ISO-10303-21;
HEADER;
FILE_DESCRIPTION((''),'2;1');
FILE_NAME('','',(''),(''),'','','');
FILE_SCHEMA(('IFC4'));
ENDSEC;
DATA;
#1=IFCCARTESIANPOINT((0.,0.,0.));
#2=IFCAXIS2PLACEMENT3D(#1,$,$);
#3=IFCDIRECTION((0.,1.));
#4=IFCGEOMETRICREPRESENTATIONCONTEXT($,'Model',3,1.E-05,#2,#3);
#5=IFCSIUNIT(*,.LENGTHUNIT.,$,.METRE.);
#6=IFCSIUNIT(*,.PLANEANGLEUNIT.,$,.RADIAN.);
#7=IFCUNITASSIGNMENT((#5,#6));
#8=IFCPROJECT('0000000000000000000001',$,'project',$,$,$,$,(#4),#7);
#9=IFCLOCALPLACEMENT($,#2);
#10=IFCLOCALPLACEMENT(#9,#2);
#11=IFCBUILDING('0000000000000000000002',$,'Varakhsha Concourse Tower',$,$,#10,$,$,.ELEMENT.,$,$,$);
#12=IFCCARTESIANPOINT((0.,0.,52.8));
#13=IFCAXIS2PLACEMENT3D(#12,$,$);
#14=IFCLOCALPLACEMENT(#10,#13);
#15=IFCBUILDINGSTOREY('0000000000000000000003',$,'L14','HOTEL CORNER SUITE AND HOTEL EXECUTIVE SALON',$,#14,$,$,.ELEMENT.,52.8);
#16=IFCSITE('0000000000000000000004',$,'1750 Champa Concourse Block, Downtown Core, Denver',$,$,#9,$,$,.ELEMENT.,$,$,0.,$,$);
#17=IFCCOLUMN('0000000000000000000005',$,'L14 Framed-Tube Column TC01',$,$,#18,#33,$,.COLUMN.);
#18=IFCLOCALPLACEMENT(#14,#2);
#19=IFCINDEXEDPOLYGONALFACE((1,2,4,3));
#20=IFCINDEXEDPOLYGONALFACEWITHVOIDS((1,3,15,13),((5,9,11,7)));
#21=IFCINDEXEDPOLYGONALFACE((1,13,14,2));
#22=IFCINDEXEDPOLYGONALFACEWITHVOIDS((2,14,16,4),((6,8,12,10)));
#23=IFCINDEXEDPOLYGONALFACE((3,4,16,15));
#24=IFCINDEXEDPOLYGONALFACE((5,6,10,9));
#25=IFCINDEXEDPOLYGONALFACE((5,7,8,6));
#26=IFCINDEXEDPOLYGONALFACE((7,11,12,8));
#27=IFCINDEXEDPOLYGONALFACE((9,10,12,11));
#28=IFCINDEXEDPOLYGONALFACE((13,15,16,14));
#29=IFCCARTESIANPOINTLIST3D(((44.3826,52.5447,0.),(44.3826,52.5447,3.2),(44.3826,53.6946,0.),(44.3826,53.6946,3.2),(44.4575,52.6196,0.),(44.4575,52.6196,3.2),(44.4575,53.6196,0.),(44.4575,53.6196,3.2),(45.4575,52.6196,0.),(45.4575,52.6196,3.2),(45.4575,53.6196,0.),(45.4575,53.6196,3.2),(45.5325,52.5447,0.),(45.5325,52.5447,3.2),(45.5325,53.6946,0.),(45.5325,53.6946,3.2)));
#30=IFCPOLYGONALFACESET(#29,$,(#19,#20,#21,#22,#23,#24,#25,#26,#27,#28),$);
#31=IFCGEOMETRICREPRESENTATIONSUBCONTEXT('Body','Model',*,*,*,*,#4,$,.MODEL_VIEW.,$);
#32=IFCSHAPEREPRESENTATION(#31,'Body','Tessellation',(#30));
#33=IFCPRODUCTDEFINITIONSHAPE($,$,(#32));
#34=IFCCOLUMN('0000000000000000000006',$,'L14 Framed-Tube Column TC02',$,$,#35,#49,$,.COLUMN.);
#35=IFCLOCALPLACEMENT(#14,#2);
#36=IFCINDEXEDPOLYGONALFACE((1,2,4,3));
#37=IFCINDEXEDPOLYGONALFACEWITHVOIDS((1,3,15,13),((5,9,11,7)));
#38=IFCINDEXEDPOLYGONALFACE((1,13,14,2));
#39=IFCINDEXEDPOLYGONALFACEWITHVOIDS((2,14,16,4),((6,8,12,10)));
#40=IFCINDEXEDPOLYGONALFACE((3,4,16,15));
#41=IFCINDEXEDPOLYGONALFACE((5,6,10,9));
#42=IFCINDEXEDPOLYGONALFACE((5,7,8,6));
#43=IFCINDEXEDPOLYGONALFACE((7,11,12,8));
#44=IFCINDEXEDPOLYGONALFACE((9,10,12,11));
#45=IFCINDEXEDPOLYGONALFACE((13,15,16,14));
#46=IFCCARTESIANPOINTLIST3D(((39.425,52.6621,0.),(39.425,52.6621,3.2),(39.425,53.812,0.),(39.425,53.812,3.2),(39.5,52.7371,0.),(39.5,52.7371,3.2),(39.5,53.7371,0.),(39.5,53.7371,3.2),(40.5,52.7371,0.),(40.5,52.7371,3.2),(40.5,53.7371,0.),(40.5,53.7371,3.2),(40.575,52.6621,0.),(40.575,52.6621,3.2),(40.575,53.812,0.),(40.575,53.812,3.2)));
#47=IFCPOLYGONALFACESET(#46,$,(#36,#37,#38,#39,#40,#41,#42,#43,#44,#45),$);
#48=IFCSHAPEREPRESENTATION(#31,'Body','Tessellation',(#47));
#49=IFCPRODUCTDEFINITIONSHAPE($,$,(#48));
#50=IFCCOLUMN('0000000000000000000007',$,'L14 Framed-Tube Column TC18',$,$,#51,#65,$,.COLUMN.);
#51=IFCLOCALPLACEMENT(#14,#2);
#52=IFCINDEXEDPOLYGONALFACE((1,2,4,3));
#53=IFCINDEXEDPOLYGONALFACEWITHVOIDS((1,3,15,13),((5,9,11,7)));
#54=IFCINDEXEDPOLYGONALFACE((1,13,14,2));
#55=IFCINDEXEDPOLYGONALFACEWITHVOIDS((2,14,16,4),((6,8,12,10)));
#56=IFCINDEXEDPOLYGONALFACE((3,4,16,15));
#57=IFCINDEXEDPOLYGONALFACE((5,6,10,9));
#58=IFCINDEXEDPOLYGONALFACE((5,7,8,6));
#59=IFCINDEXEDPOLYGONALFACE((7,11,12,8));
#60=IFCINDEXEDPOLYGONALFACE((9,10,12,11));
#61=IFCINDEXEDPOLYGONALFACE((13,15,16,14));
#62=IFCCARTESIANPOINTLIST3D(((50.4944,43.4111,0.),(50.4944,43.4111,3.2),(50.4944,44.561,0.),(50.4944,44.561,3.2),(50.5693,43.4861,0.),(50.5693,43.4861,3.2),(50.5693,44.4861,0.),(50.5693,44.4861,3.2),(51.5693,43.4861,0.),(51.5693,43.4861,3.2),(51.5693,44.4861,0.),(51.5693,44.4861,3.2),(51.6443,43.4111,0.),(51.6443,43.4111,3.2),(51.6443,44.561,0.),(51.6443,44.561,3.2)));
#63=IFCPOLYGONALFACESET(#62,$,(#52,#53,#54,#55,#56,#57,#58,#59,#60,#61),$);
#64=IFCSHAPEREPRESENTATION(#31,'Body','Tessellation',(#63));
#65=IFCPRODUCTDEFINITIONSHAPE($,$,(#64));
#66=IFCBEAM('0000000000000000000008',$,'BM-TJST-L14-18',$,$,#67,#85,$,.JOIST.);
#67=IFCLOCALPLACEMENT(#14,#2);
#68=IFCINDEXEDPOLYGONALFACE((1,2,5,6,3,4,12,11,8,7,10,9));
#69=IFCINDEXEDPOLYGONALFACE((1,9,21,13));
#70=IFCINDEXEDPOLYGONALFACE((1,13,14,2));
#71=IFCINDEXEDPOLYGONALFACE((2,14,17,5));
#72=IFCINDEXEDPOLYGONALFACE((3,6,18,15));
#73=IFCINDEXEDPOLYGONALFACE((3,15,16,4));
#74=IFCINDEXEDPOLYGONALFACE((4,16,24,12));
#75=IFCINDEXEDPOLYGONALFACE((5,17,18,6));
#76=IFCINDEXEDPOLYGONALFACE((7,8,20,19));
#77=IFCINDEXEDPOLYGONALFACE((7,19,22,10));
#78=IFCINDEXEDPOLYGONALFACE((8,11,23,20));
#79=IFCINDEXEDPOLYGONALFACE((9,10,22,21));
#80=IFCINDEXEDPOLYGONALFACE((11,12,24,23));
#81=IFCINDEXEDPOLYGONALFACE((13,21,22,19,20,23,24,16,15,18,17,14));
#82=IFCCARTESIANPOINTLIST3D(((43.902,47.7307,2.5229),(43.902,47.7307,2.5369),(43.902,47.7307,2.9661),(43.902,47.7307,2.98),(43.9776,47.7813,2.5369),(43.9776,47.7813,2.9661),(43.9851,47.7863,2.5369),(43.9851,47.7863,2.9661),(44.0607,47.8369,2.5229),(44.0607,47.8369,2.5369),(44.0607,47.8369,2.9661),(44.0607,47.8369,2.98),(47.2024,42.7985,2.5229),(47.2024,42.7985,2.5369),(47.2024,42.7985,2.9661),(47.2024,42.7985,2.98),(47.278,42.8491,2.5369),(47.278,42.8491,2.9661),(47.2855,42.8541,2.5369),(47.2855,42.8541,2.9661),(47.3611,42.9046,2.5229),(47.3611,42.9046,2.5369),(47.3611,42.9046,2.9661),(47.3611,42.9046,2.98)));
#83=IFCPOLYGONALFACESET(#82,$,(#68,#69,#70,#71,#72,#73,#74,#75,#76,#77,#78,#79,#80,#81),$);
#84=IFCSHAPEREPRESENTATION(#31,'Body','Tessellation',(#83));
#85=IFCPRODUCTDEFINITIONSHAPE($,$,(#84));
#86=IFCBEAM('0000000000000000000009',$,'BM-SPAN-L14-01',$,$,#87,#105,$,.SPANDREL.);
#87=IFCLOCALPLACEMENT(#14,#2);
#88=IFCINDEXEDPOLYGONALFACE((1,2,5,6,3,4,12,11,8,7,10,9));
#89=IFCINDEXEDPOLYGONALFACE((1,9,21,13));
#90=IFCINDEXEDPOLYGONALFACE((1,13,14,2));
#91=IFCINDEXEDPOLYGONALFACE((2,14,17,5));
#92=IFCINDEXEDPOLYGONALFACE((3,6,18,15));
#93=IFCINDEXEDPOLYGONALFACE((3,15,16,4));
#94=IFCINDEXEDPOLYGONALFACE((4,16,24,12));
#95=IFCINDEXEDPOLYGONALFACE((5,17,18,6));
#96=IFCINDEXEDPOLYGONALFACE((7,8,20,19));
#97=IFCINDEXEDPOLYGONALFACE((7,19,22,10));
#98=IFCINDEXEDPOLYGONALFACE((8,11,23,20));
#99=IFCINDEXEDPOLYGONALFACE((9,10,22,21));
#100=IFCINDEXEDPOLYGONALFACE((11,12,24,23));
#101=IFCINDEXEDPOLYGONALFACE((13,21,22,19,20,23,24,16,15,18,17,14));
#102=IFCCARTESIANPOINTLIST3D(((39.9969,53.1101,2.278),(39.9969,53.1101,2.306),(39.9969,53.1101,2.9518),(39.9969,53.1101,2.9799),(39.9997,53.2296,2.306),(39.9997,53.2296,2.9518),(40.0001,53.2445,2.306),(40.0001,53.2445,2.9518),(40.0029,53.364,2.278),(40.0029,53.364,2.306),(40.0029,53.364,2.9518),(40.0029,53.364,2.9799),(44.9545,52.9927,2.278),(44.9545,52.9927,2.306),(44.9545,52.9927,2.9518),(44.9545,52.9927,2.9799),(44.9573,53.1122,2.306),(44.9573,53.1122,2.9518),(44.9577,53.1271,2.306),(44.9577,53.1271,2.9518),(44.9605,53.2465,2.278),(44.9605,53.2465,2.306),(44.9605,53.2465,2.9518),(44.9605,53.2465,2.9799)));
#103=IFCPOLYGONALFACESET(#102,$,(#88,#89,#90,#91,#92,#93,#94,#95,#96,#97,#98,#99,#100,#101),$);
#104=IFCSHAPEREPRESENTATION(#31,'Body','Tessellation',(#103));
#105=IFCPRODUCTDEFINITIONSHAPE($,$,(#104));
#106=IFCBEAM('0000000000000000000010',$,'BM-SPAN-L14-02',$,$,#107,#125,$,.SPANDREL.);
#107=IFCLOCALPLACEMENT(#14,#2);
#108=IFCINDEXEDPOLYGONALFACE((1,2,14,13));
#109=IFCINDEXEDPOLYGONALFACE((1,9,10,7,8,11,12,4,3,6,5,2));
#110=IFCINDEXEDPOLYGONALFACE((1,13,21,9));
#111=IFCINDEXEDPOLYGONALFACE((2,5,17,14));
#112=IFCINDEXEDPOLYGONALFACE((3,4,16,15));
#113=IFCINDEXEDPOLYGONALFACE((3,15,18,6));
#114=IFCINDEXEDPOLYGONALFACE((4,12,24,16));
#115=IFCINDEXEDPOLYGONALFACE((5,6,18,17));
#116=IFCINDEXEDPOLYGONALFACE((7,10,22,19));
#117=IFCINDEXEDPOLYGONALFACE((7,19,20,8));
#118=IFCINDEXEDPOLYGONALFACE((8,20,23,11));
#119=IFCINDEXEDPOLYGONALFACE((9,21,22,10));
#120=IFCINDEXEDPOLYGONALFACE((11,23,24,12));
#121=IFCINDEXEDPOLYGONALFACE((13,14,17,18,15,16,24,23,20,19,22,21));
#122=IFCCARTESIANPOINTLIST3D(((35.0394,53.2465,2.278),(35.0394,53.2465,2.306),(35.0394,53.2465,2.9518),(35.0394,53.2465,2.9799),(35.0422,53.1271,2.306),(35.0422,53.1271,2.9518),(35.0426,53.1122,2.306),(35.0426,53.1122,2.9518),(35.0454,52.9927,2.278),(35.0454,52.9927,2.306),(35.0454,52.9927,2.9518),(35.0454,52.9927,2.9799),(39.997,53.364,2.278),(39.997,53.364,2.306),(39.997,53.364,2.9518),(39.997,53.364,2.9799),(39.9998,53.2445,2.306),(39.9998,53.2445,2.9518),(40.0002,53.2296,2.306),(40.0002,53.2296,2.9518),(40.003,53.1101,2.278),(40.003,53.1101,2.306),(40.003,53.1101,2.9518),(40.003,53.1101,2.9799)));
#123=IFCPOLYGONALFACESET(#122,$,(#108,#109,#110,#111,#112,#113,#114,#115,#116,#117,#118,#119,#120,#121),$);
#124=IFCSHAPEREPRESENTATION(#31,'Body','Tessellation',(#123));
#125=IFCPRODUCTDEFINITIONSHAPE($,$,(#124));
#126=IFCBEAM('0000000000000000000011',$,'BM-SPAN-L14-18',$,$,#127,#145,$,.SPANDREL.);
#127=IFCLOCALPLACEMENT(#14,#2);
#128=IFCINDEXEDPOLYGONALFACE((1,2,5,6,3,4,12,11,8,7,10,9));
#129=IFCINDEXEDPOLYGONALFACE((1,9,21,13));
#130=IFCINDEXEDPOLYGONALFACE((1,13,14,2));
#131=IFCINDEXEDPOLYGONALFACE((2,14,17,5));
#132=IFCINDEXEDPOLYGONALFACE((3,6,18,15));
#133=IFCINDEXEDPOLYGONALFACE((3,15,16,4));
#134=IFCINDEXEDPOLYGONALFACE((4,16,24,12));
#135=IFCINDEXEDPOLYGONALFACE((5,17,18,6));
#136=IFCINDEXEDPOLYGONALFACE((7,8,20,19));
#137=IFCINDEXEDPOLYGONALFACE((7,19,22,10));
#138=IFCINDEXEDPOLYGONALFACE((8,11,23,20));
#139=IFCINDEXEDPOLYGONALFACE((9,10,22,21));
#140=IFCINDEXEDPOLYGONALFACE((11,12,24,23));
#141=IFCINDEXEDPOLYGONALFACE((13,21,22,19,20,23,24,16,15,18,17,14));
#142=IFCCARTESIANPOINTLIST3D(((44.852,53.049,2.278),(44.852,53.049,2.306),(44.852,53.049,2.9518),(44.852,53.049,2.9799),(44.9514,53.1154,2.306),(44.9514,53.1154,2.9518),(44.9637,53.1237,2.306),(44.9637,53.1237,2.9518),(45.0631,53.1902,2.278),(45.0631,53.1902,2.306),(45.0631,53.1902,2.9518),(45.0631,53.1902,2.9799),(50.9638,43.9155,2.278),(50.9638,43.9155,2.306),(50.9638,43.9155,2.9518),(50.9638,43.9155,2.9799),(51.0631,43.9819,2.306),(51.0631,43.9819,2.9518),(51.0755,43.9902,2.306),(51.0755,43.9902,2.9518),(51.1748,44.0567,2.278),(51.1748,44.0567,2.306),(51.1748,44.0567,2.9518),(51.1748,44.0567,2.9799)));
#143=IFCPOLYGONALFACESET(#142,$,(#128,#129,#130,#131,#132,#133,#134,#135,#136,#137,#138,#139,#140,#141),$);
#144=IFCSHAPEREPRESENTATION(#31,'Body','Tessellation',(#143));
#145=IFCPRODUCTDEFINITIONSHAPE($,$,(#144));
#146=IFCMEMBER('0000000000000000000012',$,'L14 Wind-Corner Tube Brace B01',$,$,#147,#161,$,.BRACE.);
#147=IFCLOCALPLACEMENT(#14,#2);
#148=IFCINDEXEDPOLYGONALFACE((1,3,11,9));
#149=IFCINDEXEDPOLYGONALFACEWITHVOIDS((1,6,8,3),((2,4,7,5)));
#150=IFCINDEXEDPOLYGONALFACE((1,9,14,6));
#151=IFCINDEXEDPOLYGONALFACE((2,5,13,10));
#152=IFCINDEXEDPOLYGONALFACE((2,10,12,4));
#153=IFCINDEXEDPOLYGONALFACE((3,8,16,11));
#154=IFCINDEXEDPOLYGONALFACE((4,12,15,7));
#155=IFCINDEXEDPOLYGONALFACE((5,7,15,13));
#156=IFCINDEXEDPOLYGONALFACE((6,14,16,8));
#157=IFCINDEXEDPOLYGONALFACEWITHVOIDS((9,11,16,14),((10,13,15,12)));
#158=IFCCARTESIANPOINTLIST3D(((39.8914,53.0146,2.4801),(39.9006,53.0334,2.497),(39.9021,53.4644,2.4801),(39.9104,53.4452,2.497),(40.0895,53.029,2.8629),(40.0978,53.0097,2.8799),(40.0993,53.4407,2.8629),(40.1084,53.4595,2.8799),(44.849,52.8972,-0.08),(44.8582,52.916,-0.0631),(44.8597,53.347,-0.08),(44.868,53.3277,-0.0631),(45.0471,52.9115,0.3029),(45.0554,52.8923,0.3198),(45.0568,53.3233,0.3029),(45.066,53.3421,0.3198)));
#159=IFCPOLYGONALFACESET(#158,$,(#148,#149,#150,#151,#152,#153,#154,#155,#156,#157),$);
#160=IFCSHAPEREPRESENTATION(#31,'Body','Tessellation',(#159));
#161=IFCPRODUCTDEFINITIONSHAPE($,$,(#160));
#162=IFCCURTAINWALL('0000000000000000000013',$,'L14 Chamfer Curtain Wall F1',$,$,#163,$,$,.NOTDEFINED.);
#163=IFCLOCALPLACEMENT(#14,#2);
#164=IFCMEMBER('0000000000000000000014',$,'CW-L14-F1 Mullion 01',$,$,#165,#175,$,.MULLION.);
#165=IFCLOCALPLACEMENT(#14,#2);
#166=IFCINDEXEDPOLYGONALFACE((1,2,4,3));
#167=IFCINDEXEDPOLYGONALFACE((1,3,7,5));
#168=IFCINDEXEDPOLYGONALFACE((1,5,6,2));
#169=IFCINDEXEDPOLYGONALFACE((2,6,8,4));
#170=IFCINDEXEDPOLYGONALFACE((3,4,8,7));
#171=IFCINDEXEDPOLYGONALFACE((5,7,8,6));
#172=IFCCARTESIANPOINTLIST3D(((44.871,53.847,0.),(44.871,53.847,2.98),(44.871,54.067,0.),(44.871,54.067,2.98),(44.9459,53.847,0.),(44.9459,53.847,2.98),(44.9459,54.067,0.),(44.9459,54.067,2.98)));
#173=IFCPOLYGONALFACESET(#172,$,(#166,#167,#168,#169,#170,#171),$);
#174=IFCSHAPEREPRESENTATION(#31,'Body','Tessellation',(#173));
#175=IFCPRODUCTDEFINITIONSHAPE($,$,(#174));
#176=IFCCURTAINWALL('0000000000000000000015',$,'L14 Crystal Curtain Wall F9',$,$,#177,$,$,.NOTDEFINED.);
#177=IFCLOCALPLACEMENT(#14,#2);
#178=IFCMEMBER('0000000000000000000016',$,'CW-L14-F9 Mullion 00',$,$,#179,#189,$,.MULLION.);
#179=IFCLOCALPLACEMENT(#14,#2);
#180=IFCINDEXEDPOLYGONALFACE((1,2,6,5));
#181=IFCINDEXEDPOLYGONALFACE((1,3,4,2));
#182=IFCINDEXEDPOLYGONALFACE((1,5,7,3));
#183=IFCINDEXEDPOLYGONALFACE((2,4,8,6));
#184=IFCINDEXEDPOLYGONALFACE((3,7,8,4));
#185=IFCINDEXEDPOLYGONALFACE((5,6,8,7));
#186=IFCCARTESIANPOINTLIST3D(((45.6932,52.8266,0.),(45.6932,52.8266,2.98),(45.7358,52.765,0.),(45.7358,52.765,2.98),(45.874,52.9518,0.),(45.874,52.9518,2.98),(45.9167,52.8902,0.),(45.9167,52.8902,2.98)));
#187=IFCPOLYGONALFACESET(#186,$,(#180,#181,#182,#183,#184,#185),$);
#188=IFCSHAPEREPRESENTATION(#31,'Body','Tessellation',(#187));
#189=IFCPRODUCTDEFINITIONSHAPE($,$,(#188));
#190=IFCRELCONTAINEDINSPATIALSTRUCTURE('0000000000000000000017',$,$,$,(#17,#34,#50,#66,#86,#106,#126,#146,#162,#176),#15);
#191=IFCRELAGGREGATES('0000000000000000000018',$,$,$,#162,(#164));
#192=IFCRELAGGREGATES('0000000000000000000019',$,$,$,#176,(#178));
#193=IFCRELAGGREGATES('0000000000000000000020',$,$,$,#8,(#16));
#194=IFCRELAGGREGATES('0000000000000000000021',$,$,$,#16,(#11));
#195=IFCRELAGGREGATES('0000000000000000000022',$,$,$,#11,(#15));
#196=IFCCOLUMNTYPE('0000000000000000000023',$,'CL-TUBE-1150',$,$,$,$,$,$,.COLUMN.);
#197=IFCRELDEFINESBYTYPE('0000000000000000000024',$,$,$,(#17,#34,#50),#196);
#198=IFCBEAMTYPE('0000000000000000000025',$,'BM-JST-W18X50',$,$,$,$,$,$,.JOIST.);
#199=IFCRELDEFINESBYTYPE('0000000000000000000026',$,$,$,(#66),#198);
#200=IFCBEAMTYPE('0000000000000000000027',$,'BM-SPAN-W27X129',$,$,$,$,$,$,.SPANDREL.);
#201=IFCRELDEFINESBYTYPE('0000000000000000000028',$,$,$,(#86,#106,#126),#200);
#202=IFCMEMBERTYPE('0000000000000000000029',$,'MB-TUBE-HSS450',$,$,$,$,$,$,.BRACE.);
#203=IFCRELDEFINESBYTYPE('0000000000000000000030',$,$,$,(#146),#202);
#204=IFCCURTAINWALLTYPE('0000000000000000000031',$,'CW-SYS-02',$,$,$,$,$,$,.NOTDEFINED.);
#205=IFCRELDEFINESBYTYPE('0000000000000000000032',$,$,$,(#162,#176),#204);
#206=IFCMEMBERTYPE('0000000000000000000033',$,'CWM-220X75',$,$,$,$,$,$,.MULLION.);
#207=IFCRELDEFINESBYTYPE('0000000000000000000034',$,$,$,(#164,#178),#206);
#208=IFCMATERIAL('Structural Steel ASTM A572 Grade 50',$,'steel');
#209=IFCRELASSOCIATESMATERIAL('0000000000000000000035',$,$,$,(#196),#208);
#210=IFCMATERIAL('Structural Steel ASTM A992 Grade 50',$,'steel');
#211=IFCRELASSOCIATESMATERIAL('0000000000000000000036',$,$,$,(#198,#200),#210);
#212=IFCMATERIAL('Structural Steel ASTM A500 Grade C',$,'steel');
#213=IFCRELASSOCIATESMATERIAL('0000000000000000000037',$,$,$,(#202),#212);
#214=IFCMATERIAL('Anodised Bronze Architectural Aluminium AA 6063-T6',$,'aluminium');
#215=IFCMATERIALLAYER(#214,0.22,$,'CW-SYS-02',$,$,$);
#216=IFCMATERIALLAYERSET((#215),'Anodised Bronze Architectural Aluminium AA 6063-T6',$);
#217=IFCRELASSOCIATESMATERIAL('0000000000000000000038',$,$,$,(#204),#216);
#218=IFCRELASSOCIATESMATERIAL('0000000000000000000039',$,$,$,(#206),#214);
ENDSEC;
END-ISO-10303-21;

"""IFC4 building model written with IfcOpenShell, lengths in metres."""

from ifc_helpers import new_model, si_unit, direction, frame, origin, origin_2d, place, context, subcontext, project, spatial, rectangle, hollow_rectangle, i_section, extrude, source, transform, mapped, material, layer, layer_set, material_profile, profile_set, type_object, type_shapes, element, aggregate, save


model = new_model("IFC4")

# Units and contexts
model_context = context("Model", 3, precision=1e-05, world=origin(), true_north=direction((0.0, 1.0)))
body_context = subcontext(model_context, "Body", "Model", "MODEL_VIEW")
ifc_project = project(units=[si_unit("LENGTHUNIT", "METRE"), si_unit("PLANEANGLEUNIT", "RADIAN")], contexts=[model_context])

# Site, building, storey
site_placement = place(None, origin())
site = spatial("IfcSite", under=ifc_project, at=site_placement, Name="1750 Champa Concourse Block, Downtown Core, Denver", CompositionType="ELEMENT", RefElevation=0.0)
building_placement = place(site_placement, origin())
building = spatial("IfcBuilding", under=site, at=building_placement, Name="Varakhsha Concourse Tower", CompositionType="ELEMENT")
storey_placement = place(building_placement, frame((0.0, 0.0, 52.8)))
storey = spatial("IfcBuildingStorey", under=building, at=storey_placement, Name="L14", Description="HOTEL CORNER SUITE AND HOTEL EXECUTIVE SALON", CompositionType="ELEMENT", Elevation=52.8)

# Columns
ifc_material_1 = material(Name="Structural Steel ASTM A572 Grade 50", Category="steel")
ifc_material_profile_1 = material_profile(ifc_material_1, hollow_rectangle(XDim=1.1499, YDim=1.1499, WallThickness=0.075, at=origin_2d()), Name="BOX 1150x1150x75")
ifc_profile_set_1 = profile_set([ifc_material_profile_1], Name="Structural Steel ASTM A572 Grade 50")
column_type = type_object("IfcColumnType", Name="CL-TUBE-1150", PredefinedType="COLUMN", material=ifc_profile_set_1)
for number, where, z_axis, x_axis, name in (
    (1, (44.9575, 53.1196, 0.0), (0.0, 0.0, 1.0), (1.0, 0.0, 0.0), "L14 Framed-Tube Column TC01"),
    (2, (40.0, 53.2371, 0.0), (0.0, 0.0, 1.0), (1.0, 0.0, 0.0), "L14 Framed-Tube Column TC02"),
    (3, (51.0693, 43.9861, 0.0), (0.0, 0.0, 1.0), (1.0, 0.0, 0.0), "L14 Framed-Tube Column TC18"),
):
    element("IfcColumn", number, at=place(storey_placement, frame(where, z_axis=z_axis, x_axis=x_axis)), inside=storey, type_object=column_type, Name=name, PredefinedType="COLUMN", context=body_context, shape_type="SweptSolid", body=[
        extrude(hollow_rectangle(XDim=1.1499, YDim=1.1499, WallThickness=0.075, at=origin_2d()), origin(), (0.0, 0.0, 1.0), 3.2),
    ])

# Beams
ifc_material_2 = material(Name="Structural Steel ASTM A992 Grade 50", Category="steel")
ifc_material_profile_2 = material_profile(ifc_material_2, i_section(OverallWidth=0.1909, OverallDepth=0.457, WebThickness=0.009, FlangeThickness=0.0139, at=origin_2d()), Name="W18X50")
ifc_profile_set_2 = profile_set([ifc_material_profile_2], Name="Structural Steel ASTM A992 Grade 50")
beam_type_1 = type_object("IfcBeamType", Name="BM-JST-W18X50", PredefinedType="JOIST", material=ifc_profile_set_2)
beam_1_placement = place(storey_placement, frame((47.2817, 42.8516, 2.7515), z_axis=(-0.556123, 0.8311, 0.0), x_axis=(-0.8311, -0.556123, 0.0)))
element("IfcBeam", 4, at=beam_1_placement, inside=storey, type_object=beam_type_1, Name="BM-TJST-L14-18", PredefinedType="JOIST", context=body_context, shape_type="SweptSolid", body=[
    extrude(i_section(OverallWidth=0.1909, OverallDepth=0.457, WebThickness=0.009, FlangeThickness=0.0139, at=origin_2d()), origin(), (0.0, 0.0, 1.0), 5.9346),
])
ifc_material_profile_3 = material_profile(ifc_material_2, i_section(OverallWidth=0.2539, OverallDepth=0.7019, WebThickness=0.0149, FlangeThickness=0.0281, at=origin_2d()), Name="W27X129")
ifc_profile_set_3 = profile_set([ifc_material_profile_3], Name="Structural Steel ASTM A992 Grade 50")
beam_type_2 = type_object("IfcBeamType", Name="BM-SPAN-W27X129", PredefinedType="SPANDREL", material=ifc_profile_set_3)
for number, where, z_axis, x_axis, name in (
    (5, (44.9575, 53.1196, 2.6289), (-0.99972, 0.023681, 0.0), (-0.023681, -0.99972, 0.0), "BM-SPAN-L14-01"),
    (6, (40.0, 53.2371, 2.6289), (-0.99972, -0.023681, 0.0), (0.023681, -0.99972, 0.0), "BM-SPAN-L14-02"),
):
    element("IfcBeam", number, at=place(storey_placement, frame(where, z_axis=z_axis, x_axis=x_axis)), inside=storey, type_object=beam_type_2, Name=name, PredefinedType="SPANDREL", context=body_context, shape_type="SweptSolid", body=[
        extrude(i_section(OverallWidth=0.2539, OverallDepth=0.7019, WebThickness=0.0149, FlangeThickness=0.0281, at=origin_2d()), origin(), (0.0, 0.0, 1.0), 4.959),
    ])
beam_2_placement = place(storey_placement, frame((51.0693, 43.9861, 2.6289), z_axis=(-0.556135, 0.831092, 0.0), x_axis=(-0.831092, -0.556135, 0.0)))
element("IfcBeam", 7, at=beam_2_placement, inside=storey, type_object=beam_type_2, Name="BM-SPAN-L14-18", PredefinedType="SPANDREL", context=body_context, shape_type="SweptSolid", body=[
    extrude(i_section(OverallWidth=0.2539, OverallDepth=0.7019, WebThickness=0.0149, FlangeThickness=0.0281, at=origin_2d()), origin(), (0.0, 0.0, 1.0), 10.9897),
])

# Member
ifc_material_3 = material(Name="Structural Steel ASTM A500 Grade C", Category="steel")
ifc_material_profile_4 = material_profile(ifc_material_3, hollow_rectangle(XDim=0.45, YDim=0.45, WallThickness=0.019, at=origin_2d()), Name="HSS 450x450x19")
ifc_profile_set_4 = profile_set([ifc_material_profile_4], Name="Structural Steel ASTM A500 Grade C")
member_type_1 = type_object("IfcMemberType", Name="MB-TUBE-HSS450", PredefinedType="BRACE", material=ifc_profile_set_4)
shared_shape_1 = source(origin(), body_context, "Body", "SweptSolid", [
    extrude(hollow_rectangle(XDim=0.45, YDim=0.45, WallThickness=0.019, at=origin_2d()), origin(), (0.0, 0.0, 1.0), 5.5808),
])
type_shapes(member_type_1, [shared_shape_1])
member_1_placement = place(storey_placement, frame((44.9575, 53.1196, 0.1199), z_axis=(-0.888326, 0.021042, 0.458731), x_axis=(-0.023681, -0.99972, 0.0)))
element("IfcMember", 8, at=member_1_placement, inside=storey, type_object=member_type_1, Name="L14 Wind-Corner Tube Brace B01", PredefinedType="BRACE", context=body_context, shape_type="MappedRepresentation", body=[
    mapped(shared_shape_1, transform((0.0, 0.0, 0.0), scale=1.0)),
])

# Curtain wall, member
ifc_material_4 = material(Name="Anodised Bronze Architectural Aluminium AA 6063-T6", Category="aluminium")
ifc_layer_1 = layer(ifc_material_4, 0.22, Name="CW-SYS-02")
ifc_layer_set_1 = layer_set([ifc_layer_1], Name="Anodised Bronze Architectural Aluminium AA 6063-T6")
curtain_wall_type = type_object("IfcCurtainWallType", Name="CW-SYS-02", PredefinedType="NOTDEFINED", material=ifc_layer_set_1)
curtain_wall_1_placement = place(storey_placement, origin())
curtain_wall_1 = element("IfcCurtainWall", 9, at=curtain_wall_1_placement, inside=storey, type_object=curtain_wall_type, Name="L14 Chamfer Curtain Wall F1", PredefinedType="NOTDEFINED")
ifc_material_profile_5 = material_profile(ifc_material_4, rectangle(XDim=0.075, YDim=0.22, at=origin_2d()), Name="CWM-220X75")
ifc_profile_set_5 = profile_set([ifc_material_profile_5], Name="Anodised Bronze Architectural Aluminium AA 6063-T6")
member_type_2 = type_object("IfcMemberType", Name="CWM-220X75", PredefinedType="MULLION", material=ifc_profile_set_5)
shared_shape_2 = source(origin(), body_context, "Body", "SweptSolid", [
    extrude(rectangle(XDim=0.075, YDim=0.22, at=origin_2d()), origin(), (0.0, 0.0, 1.0), 2.98),
])
type_shapes(member_type_2, [shared_shape_2])
member_2_placement = place(storey_placement, frame((44.9084, 53.957, 0.0), z_axis=(0.0, 0.0, 1.0), x_axis=(1.0, 0.0, 0.0)))
member_2 = element("IfcMember", 10, at=member_2_placement, type_object=member_type_2, Name="CW-L14-F1 Mullion 01", PredefinedType="MULLION", context=body_context, shape_type="MappedRepresentation", body=[
    mapped(shared_shape_2, transform((0.0, 0.0, 0.0), scale=1.0)),
])

# Curtain wall, member
curtain_wall_2_placement = place(storey_placement, origin())
curtain_wall_2 = element("IfcCurtainWall", 11, at=curtain_wall_2_placement, inside=storey, type_object=curtain_wall_type, Name="L14 Crystal Curtain Wall F9", PredefinedType="NOTDEFINED")
member_3_placement = place(storey_placement, frame((45.8049, 52.8584, 0.0), z_axis=(0.0, 0.0, 1.0), x_axis=(0.569057, -0.822298, 0.0)))
member_3 = element("IfcMember", 12, at=member_3_placement, type_object=member_type_2, Name="CW-L14-F9 Mullion 00", PredefinedType="MULLION", context=body_context, shape_type="MappedRepresentation", body=[
    mapped(shared_shape_2, transform((0.0, 0.0, 0.0), scale=1.0)),
])

aggregate(curtain_wall_1, [member_2])
aggregate(curtain_wall_2, [member_3])

save(model, "model.ifc")
